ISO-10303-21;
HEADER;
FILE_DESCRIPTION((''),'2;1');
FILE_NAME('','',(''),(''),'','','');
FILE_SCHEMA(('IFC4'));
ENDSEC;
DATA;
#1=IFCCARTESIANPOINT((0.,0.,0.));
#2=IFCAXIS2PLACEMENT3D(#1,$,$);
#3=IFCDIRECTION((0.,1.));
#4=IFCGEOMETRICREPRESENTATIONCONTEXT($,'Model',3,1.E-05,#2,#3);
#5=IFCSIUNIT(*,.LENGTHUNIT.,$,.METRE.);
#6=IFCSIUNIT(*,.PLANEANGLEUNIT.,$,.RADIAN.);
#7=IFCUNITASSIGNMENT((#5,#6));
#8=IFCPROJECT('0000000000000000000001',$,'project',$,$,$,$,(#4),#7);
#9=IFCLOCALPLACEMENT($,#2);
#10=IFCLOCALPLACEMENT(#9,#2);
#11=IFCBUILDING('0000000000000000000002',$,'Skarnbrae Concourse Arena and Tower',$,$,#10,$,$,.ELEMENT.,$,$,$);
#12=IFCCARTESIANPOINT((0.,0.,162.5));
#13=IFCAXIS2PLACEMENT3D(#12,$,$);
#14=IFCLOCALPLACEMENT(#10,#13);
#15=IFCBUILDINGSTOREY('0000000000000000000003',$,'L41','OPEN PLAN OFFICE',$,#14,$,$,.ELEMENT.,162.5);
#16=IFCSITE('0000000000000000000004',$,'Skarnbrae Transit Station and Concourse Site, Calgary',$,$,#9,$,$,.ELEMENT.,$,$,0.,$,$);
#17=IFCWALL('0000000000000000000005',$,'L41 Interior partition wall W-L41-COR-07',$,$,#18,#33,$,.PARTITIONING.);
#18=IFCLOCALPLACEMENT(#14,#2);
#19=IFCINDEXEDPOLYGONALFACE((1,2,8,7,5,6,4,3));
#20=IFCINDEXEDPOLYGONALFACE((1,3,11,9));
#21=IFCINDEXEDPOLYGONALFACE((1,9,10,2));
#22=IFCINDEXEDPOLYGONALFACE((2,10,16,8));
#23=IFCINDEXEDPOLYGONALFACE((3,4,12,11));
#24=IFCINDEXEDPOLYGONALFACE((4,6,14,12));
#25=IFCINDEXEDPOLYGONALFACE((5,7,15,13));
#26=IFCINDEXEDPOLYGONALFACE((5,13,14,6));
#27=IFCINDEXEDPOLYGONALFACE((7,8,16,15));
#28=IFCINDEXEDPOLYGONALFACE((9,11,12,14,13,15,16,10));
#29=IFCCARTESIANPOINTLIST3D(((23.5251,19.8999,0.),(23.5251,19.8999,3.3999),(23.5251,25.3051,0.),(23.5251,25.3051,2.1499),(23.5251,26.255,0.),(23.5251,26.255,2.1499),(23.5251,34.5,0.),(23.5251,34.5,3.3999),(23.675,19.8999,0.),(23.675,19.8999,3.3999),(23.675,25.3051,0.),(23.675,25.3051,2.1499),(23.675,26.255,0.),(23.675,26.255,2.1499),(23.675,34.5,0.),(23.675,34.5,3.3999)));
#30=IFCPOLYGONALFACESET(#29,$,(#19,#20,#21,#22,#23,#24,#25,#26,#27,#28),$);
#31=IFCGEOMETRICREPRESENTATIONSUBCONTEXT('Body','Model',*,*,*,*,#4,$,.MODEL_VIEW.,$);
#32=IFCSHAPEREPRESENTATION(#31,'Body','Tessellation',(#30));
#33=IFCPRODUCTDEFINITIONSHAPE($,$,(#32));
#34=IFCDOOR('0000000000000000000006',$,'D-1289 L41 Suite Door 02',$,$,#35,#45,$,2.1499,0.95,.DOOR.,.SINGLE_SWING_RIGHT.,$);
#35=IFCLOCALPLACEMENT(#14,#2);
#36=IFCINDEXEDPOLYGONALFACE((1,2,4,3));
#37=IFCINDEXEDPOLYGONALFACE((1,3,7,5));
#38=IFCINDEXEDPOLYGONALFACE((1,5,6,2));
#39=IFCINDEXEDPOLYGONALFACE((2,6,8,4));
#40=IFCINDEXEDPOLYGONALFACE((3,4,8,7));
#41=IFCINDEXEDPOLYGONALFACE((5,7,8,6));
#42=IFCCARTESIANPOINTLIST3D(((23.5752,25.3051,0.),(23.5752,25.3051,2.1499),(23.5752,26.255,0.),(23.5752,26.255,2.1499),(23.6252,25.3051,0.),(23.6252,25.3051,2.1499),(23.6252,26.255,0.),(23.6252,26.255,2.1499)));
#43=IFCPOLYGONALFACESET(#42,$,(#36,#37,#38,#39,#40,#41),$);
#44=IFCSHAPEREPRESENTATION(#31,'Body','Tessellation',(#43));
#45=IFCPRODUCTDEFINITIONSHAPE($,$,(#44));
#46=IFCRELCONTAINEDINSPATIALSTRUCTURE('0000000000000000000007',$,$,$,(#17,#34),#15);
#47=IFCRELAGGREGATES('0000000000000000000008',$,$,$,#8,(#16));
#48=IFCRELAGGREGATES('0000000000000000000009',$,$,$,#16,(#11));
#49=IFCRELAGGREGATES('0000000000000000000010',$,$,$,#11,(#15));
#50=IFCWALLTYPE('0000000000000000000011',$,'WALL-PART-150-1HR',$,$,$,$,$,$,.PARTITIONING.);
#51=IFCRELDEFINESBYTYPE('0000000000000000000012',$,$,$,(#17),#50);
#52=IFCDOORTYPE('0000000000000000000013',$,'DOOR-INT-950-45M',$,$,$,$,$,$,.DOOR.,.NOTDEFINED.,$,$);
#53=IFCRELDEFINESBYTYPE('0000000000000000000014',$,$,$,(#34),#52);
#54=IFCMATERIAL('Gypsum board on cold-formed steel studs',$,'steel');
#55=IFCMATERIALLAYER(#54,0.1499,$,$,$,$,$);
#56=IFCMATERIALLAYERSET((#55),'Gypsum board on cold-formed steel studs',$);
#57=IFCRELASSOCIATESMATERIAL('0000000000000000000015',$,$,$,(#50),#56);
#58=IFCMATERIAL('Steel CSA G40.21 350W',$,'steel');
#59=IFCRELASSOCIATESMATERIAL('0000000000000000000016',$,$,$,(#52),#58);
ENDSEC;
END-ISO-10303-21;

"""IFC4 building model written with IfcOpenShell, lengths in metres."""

from ifc_helpers import new_model, si_unit, direction, frame, frame_2d, origin, place, context, subcontext, project, spatial, rectangle, extrude, source, transform, mapped, material, layer, layer_set, type_object, element, fill, save


model = new_model("IFC4")

# Units and contexts
model_context = context("Model", 3, precision=1e-05, world=origin(), true_north=direction((0.0, 1.0)))
body_context = subcontext(model_context, "Body", "Model", "MODEL_VIEW")
ifc_project = project(units=[si_unit("LENGTHUNIT", "METRE"), si_unit("PLANEANGLEUNIT", "RADIAN")], contexts=[model_context])

# Site, building, storey
site_placement = place(None, origin())
site = spatial("IfcSite", under=ifc_project, at=site_placement, Name="Skarnbrae Transit Station and Concourse Site, Calgary", CompositionType="ELEMENT", RefElevation=0.0)
building_placement = place(site_placement, origin())
building = spatial("IfcBuilding", under=site, at=building_placement, Name="Skarnbrae Concourse Arena and Tower", CompositionType="ELEMENT")
storey_placement = place(building_placement, frame((0.0, 0.0, 162.5)))
storey = spatial("IfcBuildingStorey", under=building, at=storey_placement, Name="L41", Description="OPEN PLAN OFFICE", CompositionType="ELEMENT", Elevation=162.5)

# Shared definitions
ifc_material_1 = material(Name="Steel CSA G40.21 350W", Category="steel")

# Shared definitions
ifc_material_2 = material(Name="Gypsum board on cold-formed steel studs", Category="steel")
ifc_layer = layer(ifc_material_2, 0.1499)
ifc_layer_set = layer_set([ifc_layer], Name="Gypsum board on cold-formed steel studs")
wall_type = type_object("IfcWallType", Name="WALL-PART-150-1HR", PredefinedType="PARTITIONING", material=ifc_layer_set)

# Wall, opening, door
shared_shape_1 = source(origin(), body_context, "Body", "SweptSolid", [
    extrude(rectangle(XDim=14.6001, YDim=0.1499, at=frame_2d((7.3, 0.0))), origin(), (0.0, 0.0, 1.0), 3.3999),
])
wall_1_placement = place(storey_placement, frame((23.6001, 19.8999, 0.0), z_axis=(0.0, 0.0, 1.0), x_axis=(0.0, 1.0, 0.0)))
wall_1 = element("IfcWall", 1, at=wall_1_placement, inside=storey, type_object=wall_type, Name="L41 Interior partition wall W-L41-COR-07", PredefinedType="PARTITIONING", context=body_context, shape_type="MappedRepresentation", body=[
    mapped(shared_shape_1, transform((0.0, 0.0, 0.0))),
])
opening_placement = place(wall_1_placement, frame((5.405, 0.0, 0.0)))
opening = element("IfcOpeningElement", 2, at=opening_placement, cuts=wall_1, PredefinedType="OPENING", context=body_context, shape_type="SweptSolid", body=[
    extrude(rectangle(XDim=0.95, YDim=2.1499, at=frame_2d((0.4751, 1.075))), frame((0.0, 0.085, 0.0), z_axis=(0.0, -1.0, 0.0), x_axis=(1.0, 0.0, 0.0)), (0.0, 0.0, 1.0), 0.1699),
])
door_type = type_object("IfcDoorType", Name="DOOR-INT-950-45M", OperationType="NOTDEFINED", PredefinedType="DOOR", material=ifc_material_1)
shared_shape_2 = source(origin(), body_context, "Body", "SweptSolid", [
    extrude(rectangle(XDim=0.95, YDim=2.1499, at=frame_2d((0.4751, 1.075))), frame((0.0, 0.0249, 0.0), z_axis=(0.0, -1.0, 0.0), x_axis=(1.0, 0.0, 0.0)), (0.0, 0.0, 1.0), 0.05),
])
door_placement = place(opening_placement, origin())
door = element("IfcDoor", 3, at=door_placement, inside=storey, type_object=door_type, Name="D-1289 L41 Suite Door 02", OperationType="SINGLE_SWING_RIGHT", OverallHeight=2.1499, OverallWidth=0.95, PredefinedType="DOOR", context=body_context, shape_type="MappedRepresentation", body=[
    mapped(shared_shape_2, transform((0.0, 0.0, 0.0))),
])
fill(opening, door)

save(model, "model.ifc")
